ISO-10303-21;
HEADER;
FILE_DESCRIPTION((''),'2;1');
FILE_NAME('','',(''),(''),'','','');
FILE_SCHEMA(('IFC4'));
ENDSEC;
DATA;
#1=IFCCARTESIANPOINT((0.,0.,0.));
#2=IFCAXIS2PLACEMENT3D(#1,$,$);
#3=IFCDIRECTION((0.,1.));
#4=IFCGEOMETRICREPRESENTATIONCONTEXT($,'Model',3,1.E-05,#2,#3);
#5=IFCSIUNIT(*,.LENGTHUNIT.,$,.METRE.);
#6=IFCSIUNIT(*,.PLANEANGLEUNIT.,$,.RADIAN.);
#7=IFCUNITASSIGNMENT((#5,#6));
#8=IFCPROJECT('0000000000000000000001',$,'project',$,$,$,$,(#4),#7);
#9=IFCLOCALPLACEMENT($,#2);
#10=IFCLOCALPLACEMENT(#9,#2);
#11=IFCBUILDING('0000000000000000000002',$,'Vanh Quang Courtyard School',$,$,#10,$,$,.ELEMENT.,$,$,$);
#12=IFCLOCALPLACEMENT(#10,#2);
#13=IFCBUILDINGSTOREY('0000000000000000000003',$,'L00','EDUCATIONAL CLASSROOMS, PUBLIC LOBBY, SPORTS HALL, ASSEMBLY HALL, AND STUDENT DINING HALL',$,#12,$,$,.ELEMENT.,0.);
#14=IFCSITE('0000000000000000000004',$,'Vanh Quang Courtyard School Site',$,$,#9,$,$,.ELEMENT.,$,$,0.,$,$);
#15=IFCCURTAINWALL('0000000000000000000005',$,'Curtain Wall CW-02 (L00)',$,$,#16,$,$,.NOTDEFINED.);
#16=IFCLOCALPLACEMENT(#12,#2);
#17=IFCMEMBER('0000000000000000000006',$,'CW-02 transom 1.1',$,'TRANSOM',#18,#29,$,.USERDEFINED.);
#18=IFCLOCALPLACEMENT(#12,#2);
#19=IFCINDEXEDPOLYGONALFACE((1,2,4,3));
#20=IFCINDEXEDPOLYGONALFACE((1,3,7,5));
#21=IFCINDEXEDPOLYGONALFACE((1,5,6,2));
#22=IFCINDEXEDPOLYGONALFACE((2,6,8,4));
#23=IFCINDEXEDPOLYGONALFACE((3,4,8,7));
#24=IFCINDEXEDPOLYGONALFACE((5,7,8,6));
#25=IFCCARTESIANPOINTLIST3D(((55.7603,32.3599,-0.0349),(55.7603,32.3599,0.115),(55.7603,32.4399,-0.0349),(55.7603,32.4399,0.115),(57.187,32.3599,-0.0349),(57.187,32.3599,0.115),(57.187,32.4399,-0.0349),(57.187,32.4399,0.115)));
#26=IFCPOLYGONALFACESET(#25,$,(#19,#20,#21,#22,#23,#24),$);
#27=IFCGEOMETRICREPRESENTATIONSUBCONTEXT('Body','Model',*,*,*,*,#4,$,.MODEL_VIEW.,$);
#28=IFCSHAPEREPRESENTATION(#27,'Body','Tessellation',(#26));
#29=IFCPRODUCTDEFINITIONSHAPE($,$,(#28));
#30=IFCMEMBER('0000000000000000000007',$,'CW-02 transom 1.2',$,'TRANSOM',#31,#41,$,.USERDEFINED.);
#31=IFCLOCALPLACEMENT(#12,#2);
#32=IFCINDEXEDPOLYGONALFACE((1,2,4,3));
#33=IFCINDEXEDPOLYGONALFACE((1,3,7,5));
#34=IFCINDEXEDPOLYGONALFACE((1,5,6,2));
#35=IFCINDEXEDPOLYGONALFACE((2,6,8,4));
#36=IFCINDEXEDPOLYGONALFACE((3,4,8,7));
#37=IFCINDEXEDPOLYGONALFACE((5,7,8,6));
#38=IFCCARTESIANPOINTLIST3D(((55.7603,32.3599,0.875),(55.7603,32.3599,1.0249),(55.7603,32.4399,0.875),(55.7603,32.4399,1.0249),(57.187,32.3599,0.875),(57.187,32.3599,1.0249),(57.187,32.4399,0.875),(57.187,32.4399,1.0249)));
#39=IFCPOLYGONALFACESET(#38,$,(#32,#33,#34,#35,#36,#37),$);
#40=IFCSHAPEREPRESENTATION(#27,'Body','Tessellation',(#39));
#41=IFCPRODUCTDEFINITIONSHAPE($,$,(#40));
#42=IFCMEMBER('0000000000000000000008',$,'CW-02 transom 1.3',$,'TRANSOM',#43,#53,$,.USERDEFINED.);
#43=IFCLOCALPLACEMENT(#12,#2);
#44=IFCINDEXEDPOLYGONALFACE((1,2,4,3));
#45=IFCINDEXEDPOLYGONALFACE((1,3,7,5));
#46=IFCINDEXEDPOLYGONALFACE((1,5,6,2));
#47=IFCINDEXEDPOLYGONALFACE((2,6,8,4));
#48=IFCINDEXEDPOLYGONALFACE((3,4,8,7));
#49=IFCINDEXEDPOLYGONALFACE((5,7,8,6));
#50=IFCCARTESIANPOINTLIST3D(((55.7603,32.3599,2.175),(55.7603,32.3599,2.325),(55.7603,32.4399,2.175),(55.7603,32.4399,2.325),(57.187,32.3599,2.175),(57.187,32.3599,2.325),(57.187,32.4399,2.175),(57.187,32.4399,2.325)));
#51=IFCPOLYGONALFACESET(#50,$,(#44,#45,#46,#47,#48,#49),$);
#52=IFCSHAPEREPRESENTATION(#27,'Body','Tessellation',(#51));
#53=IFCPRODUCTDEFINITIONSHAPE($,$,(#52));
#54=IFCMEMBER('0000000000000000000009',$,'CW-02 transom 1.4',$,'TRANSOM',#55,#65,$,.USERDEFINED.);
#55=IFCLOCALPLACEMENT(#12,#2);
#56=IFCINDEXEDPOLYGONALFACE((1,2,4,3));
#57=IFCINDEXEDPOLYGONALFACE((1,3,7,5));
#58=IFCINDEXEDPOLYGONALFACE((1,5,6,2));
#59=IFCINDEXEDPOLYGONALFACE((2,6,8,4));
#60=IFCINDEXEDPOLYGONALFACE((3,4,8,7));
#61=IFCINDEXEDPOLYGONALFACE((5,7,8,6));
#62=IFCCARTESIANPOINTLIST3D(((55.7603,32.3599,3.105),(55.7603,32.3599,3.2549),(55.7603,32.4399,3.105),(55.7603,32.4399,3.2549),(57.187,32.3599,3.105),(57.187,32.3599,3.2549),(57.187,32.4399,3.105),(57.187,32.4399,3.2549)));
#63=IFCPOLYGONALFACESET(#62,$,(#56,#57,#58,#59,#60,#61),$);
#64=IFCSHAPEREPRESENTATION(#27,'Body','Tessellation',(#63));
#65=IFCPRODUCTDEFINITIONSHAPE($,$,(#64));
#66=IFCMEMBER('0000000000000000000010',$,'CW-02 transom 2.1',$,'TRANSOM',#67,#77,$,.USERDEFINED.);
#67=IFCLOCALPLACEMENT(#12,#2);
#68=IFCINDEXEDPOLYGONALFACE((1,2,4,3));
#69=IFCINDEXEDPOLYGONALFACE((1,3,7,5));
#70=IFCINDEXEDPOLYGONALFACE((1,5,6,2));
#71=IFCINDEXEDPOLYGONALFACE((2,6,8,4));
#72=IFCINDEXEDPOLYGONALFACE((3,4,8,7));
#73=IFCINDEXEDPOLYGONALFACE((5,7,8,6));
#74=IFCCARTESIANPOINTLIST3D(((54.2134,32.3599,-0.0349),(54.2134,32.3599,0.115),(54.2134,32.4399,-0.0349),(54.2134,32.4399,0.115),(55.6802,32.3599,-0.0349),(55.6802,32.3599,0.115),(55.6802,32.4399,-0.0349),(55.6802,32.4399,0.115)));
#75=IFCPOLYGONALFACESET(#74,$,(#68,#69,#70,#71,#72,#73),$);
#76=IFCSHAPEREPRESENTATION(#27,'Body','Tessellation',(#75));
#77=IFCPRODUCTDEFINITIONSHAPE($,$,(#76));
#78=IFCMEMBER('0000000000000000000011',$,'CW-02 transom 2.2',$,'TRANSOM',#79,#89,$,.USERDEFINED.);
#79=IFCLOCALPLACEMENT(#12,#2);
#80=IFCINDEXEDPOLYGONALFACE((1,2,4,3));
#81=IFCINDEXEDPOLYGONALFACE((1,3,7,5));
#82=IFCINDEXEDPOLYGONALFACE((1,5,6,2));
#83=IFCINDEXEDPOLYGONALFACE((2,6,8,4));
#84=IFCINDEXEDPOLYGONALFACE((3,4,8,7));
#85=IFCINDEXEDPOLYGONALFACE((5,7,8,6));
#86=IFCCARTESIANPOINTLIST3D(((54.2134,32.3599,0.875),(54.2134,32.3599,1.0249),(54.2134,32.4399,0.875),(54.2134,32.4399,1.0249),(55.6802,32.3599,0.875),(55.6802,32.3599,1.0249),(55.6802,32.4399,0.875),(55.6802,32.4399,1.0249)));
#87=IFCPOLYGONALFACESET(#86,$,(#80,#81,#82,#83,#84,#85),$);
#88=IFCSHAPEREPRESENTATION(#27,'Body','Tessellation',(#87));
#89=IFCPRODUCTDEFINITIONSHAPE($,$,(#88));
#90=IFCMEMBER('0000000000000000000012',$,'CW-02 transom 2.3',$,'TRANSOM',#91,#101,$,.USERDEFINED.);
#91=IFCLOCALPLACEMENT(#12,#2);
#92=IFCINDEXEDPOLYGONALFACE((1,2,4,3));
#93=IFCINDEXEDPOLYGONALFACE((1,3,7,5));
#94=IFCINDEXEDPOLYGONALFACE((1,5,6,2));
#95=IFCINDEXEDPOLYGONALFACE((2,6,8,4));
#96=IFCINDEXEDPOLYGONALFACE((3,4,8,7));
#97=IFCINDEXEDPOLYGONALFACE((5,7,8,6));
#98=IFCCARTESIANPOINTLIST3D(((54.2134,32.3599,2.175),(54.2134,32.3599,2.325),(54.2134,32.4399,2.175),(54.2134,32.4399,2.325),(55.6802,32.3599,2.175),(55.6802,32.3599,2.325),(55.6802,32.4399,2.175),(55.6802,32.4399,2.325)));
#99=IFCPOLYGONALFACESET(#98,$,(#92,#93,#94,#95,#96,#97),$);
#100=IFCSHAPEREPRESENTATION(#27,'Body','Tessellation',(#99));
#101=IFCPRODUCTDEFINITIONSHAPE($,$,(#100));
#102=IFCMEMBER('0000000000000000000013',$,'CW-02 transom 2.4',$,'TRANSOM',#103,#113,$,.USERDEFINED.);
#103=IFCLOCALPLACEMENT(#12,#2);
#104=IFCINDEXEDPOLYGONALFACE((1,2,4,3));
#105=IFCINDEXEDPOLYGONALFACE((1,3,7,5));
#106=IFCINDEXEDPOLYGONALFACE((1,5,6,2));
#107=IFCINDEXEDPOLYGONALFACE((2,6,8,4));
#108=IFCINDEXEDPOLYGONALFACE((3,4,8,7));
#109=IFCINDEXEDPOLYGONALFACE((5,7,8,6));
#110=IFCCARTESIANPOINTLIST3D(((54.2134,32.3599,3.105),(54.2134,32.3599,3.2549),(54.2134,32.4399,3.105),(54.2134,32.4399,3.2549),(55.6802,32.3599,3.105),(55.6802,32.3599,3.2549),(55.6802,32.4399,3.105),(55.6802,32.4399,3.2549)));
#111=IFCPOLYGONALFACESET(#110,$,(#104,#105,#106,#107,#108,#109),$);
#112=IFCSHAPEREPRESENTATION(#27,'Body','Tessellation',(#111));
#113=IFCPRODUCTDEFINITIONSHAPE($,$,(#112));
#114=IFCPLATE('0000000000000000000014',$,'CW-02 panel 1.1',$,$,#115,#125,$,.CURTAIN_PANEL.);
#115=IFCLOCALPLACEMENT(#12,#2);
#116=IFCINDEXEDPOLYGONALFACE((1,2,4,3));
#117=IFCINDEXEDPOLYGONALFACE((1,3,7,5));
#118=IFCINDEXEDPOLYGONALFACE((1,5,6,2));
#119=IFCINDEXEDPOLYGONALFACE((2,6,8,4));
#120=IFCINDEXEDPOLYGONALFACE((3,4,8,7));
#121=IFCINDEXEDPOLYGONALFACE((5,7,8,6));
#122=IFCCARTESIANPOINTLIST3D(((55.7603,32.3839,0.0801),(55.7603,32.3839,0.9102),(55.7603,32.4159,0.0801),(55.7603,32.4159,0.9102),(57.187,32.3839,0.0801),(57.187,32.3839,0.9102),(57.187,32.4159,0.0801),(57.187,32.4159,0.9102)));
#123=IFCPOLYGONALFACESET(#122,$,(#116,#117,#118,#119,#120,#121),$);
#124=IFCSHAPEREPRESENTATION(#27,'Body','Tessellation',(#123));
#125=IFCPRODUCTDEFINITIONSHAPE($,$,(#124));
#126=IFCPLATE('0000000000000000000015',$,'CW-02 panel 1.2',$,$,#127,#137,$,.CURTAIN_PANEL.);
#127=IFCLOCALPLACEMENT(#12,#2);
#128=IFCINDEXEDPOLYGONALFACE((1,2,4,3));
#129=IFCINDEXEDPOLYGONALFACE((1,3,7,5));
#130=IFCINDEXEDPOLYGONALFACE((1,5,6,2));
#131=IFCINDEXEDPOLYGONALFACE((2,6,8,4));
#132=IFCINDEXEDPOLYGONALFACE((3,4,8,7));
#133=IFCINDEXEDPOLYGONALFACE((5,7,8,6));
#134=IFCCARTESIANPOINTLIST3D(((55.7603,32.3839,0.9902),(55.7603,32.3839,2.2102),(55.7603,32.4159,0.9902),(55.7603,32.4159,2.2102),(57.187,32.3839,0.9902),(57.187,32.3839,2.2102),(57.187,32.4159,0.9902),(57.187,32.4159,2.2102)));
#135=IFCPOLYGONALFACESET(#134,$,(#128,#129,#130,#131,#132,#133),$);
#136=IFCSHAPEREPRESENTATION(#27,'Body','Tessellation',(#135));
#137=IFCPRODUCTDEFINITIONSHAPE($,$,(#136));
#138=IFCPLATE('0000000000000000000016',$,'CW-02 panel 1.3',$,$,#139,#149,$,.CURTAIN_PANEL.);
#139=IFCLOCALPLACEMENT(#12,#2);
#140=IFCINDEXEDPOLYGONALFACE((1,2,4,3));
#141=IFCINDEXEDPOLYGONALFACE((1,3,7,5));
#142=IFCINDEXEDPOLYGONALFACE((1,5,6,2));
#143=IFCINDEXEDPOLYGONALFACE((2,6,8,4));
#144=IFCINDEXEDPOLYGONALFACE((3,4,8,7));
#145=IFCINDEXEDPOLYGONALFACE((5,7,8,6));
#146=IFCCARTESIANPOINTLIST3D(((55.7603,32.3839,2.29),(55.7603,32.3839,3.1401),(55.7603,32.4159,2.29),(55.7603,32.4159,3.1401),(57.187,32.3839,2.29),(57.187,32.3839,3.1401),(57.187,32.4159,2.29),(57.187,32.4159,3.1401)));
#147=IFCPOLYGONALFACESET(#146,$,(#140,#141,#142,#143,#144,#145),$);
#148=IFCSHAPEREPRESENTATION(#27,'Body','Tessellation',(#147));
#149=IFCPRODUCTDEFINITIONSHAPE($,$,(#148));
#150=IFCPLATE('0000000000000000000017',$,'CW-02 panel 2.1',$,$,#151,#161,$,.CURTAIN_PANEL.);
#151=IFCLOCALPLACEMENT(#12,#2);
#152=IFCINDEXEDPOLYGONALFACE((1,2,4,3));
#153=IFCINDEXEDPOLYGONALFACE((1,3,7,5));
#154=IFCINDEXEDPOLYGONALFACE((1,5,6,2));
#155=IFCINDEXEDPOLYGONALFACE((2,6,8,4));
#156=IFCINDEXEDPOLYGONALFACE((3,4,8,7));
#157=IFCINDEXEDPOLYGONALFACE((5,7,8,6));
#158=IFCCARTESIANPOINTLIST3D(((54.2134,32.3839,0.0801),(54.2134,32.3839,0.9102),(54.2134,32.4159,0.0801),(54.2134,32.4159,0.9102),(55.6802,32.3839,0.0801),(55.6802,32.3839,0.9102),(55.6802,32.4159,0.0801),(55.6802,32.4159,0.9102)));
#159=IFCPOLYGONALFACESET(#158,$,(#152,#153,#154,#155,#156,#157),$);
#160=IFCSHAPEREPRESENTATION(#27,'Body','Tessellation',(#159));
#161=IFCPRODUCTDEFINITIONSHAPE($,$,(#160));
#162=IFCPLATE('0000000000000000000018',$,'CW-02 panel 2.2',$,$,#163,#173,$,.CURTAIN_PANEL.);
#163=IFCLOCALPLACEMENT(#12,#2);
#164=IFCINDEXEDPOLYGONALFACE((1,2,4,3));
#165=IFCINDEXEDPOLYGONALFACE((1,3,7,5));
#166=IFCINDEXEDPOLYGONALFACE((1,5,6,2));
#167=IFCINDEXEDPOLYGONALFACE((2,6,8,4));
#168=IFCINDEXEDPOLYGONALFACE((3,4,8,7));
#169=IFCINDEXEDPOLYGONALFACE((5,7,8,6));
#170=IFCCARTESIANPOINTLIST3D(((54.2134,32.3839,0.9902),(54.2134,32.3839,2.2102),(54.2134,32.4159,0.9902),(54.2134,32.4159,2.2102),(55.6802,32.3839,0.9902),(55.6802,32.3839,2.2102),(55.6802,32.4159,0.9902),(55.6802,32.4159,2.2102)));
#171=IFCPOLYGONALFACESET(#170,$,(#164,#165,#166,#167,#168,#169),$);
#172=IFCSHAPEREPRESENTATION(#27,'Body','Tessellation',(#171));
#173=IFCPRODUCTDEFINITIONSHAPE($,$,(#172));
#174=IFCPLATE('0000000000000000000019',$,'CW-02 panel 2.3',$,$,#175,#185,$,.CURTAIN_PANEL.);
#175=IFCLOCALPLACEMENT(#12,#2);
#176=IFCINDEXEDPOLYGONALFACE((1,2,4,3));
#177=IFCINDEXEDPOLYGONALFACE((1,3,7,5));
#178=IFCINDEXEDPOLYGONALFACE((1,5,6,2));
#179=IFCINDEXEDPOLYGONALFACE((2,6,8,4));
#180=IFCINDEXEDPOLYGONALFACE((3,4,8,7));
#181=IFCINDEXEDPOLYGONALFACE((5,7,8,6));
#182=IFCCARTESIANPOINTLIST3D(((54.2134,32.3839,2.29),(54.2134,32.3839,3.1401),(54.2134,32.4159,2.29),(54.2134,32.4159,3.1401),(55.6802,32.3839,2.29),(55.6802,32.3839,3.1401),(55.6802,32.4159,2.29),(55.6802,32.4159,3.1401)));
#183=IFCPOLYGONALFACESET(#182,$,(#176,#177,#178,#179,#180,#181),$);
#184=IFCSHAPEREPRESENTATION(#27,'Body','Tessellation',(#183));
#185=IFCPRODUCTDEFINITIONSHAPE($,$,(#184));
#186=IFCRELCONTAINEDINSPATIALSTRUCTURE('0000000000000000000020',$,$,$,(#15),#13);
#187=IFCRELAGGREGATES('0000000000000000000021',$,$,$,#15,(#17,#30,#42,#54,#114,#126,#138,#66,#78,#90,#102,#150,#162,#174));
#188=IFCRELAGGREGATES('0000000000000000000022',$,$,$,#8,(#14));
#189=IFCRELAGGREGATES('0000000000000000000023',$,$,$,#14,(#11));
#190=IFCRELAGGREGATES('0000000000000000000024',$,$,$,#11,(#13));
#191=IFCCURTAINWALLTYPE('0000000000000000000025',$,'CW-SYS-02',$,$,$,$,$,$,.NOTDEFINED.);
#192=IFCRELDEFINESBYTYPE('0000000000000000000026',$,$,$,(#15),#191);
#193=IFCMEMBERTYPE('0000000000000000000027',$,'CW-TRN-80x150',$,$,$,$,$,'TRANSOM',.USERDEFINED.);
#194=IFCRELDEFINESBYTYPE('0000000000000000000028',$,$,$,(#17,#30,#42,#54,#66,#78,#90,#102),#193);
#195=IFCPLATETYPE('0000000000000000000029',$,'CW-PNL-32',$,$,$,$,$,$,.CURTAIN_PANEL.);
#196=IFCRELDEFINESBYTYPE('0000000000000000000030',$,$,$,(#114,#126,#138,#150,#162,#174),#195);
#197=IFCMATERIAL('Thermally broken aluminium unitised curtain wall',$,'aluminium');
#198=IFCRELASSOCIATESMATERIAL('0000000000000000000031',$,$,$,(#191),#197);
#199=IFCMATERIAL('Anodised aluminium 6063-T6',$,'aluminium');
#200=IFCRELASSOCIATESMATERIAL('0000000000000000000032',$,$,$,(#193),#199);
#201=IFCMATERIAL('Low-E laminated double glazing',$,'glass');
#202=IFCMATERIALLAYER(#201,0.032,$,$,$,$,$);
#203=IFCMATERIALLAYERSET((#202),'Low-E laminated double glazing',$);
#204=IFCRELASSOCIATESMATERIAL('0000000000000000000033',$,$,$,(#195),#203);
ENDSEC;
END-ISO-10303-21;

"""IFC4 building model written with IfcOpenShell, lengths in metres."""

from ifc_helpers import new_model, si_unit, direction, frame, origin, origin_2d, place, context, subcontext, project, spatial, rectangle, extrude, material, layer, layer_set, material_profile, profile_set, type_object, element, aggregate, save


model = new_model("IFC4")

# Units and contexts
model_context = context("Model", 3, precision=1e-05, world=origin(), true_north=direction((0.0, 1.0)))
body_context = subcontext(model_context, "Body", "Model", "MODEL_VIEW")
ifc_project = project(units=[si_unit("LENGTHUNIT", "METRE"), si_unit("PLANEANGLEUNIT", "RADIAN")], contexts=[model_context])

# Site, building, storey
site_placement = place(None, origin())
site = spatial("IfcSite", under=ifc_project, at=site_placement, Name="Vanh Quang Courtyard School Site", CompositionType="ELEMENT", RefElevation=0.0)
building_placement = place(site_placement, origin())
building = spatial("IfcBuilding", under=site, at=building_placement, Name="Vanh Quang Courtyard School", CompositionType="ELEMENT")
storey_placement = place(building_placement, origin())
storey = spatial("IfcBuildingStorey", under=building, at=storey_placement, Name="L00", Description="EDUCATIONAL CLASSROOMS, PUBLIC LOBBY, SPORTS HALL, ASSEMBLY HALL, AND STUDENT DINING HALL", CompositionType="ELEMENT", Elevation=0.0)

# Curtain wall, members, plates
ifc_material_1 = material(Name="Thermally broken aluminium unitised curtain wall", Category="aluminium")
curtain_wall_type = type_object("IfcCurtainWallType", Name="CW-SYS-02", PredefinedType="NOTDEFINED", material=ifc_material_1)
curtain_wall_placement = place(storey_placement, origin())
curtain_wall = element("IfcCurtainWall", 1, at=curtain_wall_placement, inside=storey, type_object=curtain_wall_type, Name="Curtain Wall CW-02 (L00)", PredefinedType="NOTDEFINED")
ifc_material_2 = material(Name="Anodised aluminium 6063-T6", Category="aluminium")
ifc_material_profile_1 = material_profile(ifc_material_2, rectangle(XDim=0.0801, YDim=0.1499, at=origin_2d()), Name="ALU-TRN 80x150")
ifc_profile_set_1 = profile_set([ifc_material_profile_1], Name="Anodised aluminium 6063-T6")
member_type_1 = type_object("IfcMemberType", Name="CW-TRN-80x150", ElementType="TRANSOM", PredefinedType="USERDEFINED", material=ifc_profile_set_1)
member_1_placement = place(storey_placement, frame((57.187, 32.3999, 0.04), z_axis=(-1.0, 0.0, 0.0), x_axis=(0.0, -1.0, 0.0)))
member_1 = element("IfcMember", 2, at=member_1_placement, type_object=member_type_1, Name="CW-02 transom 1.1", ObjectType="TRANSOM", PredefinedType="USERDEFINED", context=body_context, shape_type="SweptSolid", body=[
    extrude(rectangle(XDim=0.0801, YDim=0.1499, at=origin_2d()), origin(), (0.0, 0.0, 1.0), 1.4268),
])
member_2_placement = place(storey_placement, frame((57.187, 32.3999, 0.95), z_axis=(-1.0, 0.0, 0.0), x_axis=(0.0, -1.0, 0.0)))
member_2 = element("IfcMember", 3, at=member_2_placement, type_object=member_type_1, Name="CW-02 transom 1.2", ObjectType="TRANSOM", PredefinedType="USERDEFINED", context=body_context, shape_type="SweptSolid", body=[
    extrude(rectangle(XDim=0.0801, YDim=0.1499, at=origin_2d()), origin(), (0.0, 0.0, 1.0), 1.4268),
])
member_3_placement = place(storey_placement, frame((57.187, 32.3999, 2.25), z_axis=(-1.0, 0.0, 0.0), x_axis=(0.0, -1.0, 0.0)))
member_3 = element("IfcMember", 4, at=member_3_placement, type_object=member_type_1, Name="CW-02 transom 1.3", ObjectType="TRANSOM", PredefinedType="USERDEFINED", context=body_context, shape_type="SweptSolid", body=[
    extrude(rectangle(XDim=0.0801, YDim=0.1499, at=origin_2d()), origin(), (0.0, 0.0, 1.0), 1.4268),
])
member_4_placement = place(storey_placement, frame((57.187, 32.3999, 3.1799), z_axis=(-1.0, 0.0, 0.0), x_axis=(0.0, -1.0, 0.0)))
member_4 = element("IfcMember", 5, at=member_4_placement, type_object=member_type_1, Name="CW-02 transom 1.4", ObjectType="TRANSOM", PredefinedType="USERDEFINED", context=body_context, shape_type="SweptSolid", body=[
    extrude(rectangle(XDim=0.0801, YDim=0.1499, at=origin_2d()), origin(), (0.0, 0.0, 1.0), 1.4268),
])
member_5_placement = place(storey_placement, frame((55.6802, 32.3999, 0.04), z_axis=(-1.0, 0.0, 0.0), x_axis=(0.0, -1.0, 0.0)))
member_5 = element("IfcMember", 6, at=member_5_placement, type_object=member_type_1, Name="CW-02 transom 2.1", ObjectType="TRANSOM", PredefinedType="USERDEFINED", context=body_context, shape_type="SweptSolid", body=[
    extrude(rectangle(XDim=0.0801, YDim=0.1499, at=origin_2d()), origin(), (0.0, 0.0, 1.0), 1.4668),
])
member_6_placement = place(storey_placement, frame((55.6802, 32.3999, 0.95), z_axis=(-1.0, 0.0, 0.0), x_axis=(0.0, -1.0, 0.0)))
member_6 = element("IfcMember", 7, at=member_6_placement, type_object=member_type_1, Name="CW-02 transom 2.2", ObjectType="TRANSOM", PredefinedType="USERDEFINED", context=body_context, shape_type="SweptSolid", body=[
    extrude(rectangle(XDim=0.0801, YDim=0.1499, at=origin_2d()), origin(), (0.0, 0.0, 1.0), 1.4668),
])
member_7_placement = place(storey_placement, frame((55.6802, 32.3999, 2.25), z_axis=(-1.0, 0.0, 0.0), x_axis=(0.0, -1.0, 0.0)))
member_7 = element("IfcMember", 8, at=member_7_placement, type_object=member_type_1, Name="CW-02 transom 2.3", ObjectType="TRANSOM", PredefinedType="USERDEFINED", context=body_context, shape_type="SweptSolid", body=[
    extrude(rectangle(XDim=0.0801, YDim=0.1499, at=origin_2d()), origin(), (0.0, 0.0, 1.0), 1.4668),
])
member_8_placement = place(storey_placement, frame((55.6802, 32.3999, 3.1799), z_axis=(-1.0, 0.0, 0.0), x_axis=(0.0, -1.0, 0.0)))
member_8 = element("IfcMember", 9, at=member_8_placement, type_object=member_type_1, Name="CW-02 transom 2.4", ObjectType="TRANSOM", PredefinedType="USERDEFINED", context=body_context, shape_type="SweptSolid", body=[
    extrude(rectangle(XDim=0.0801, YDim=0.1499, at=origin_2d()), origin(), (0.0, 0.0, 1.0), 1.4668),
])
ifc_material_3 = material(Name="Low-E laminated double glazing", Category="glass")
ifc_layer_1 = layer(ifc_material_3, 0.032)
ifc_layer_set_1 = layer_set([ifc_layer_1], Name="Low-E laminated double glazing")
plate_type = type_object("IfcPlateType", Name="CW-PNL-32", PredefinedType="CURTAIN_PANEL", material=ifc_layer_set_1)
plate_1_placement = place(storey_placement, frame((56.4736, 32.3999, 0.0801), z_axis=(0.0, 0.0, 1.0), x_axis=(-1.0, 0.0, 0.0)))
plate_1 = element("IfcPlate", 10, at=plate_1_placement, type_object=plate_type, Name="CW-02 panel 1.1", PredefinedType="CURTAIN_PANEL", context=body_context, shape_type="SweptSolid", body=[
    extrude(rectangle(XDim=1.4268, YDim=0.032, at=origin_2d()), origin(), (0.0, 0.0, 1.0), 0.8301),
])
plate_2_placement = place(storey_placement, frame((56.4736, 32.3999, 0.9902), z_axis=(0.0, 0.0, 1.0), x_axis=(-1.0, 0.0, 0.0)))
plate_2 = element("IfcPlate", 11, at=plate_2_placement, type_object=plate_type, Name="CW-02 panel 1.2", PredefinedType="CURTAIN_PANEL", context=body_context, shape_type="SweptSolid", body=[
    extrude(rectangle(XDim=1.4268, YDim=0.032, at=origin_2d()), origin(), (0.0, 0.0, 1.0), 1.22),
])
plate_3_placement = place(storey_placement, frame((56.4736, 32.3999, 2.29), z_axis=(0.0, 0.0, 1.0), x_axis=(-1.0, 0.0, 0.0)))
plate_3 = element("IfcPlate", 12, at=plate_3_placement, type_object=plate_type, Name="CW-02 panel 1.3", PredefinedType="CURTAIN_PANEL", context=body_context, shape_type="SweptSolid", body=[
    extrude(rectangle(XDim=1.4268, YDim=0.032, at=origin_2d()), origin(), (0.0, 0.0, 1.0), 0.8501),
])
plate_4_placement = place(storey_placement, frame((54.9468, 32.3999, 0.0801), z_axis=(0.0, 0.0, 1.0), x_axis=(-1.0, 0.0, 0.0)))
plate_4 = element("IfcPlate", 13, at=plate_4_placement, type_object=plate_type, Name="CW-02 panel 2.1", PredefinedType="CURTAIN_PANEL", context=body_context, shape_type="SweptSolid", body=[
    extrude(rectangle(XDim=1.4668, YDim=0.032, at=origin_2d()), origin(), (0.0, 0.0, 1.0), 0.8301),
])
plate_5_placement = place(storey_placement, frame((54.9468, 32.3999, 0.9902), z_axis=(0.0, 0.0, 1.0), x_axis=(-1.0, 0.0, 0.0)))
plate_5 = element("IfcPlate", 14, at=plate_5_placement, type_object=plate_type, Name="CW-02 panel 2.2", PredefinedType="CURTAIN_PANEL", context=body_context, shape_type="SweptSolid", body=[
    extrude(rectangle(XDim=1.4668, YDim=0.032, at=origin_2d()), origin(), (0.0, 0.0, 1.0), 1.22),
])
plate_6_placement = place(storey_placement, frame((54.9468, 32.3999, 2.29), z_axis=(0.0, 0.0, 1.0), x_axis=(-1.0, 0.0, 0.0)))
plate_6 = element("IfcPlate", 15, at=plate_6_placement, type_object=plate_type, Name="CW-02 panel 2.3", PredefinedType="CURTAIN_PANEL", context=body_context, shape_type="SweptSolid", body=[
    extrude(rectangle(XDim=1.4668, YDim=0.032, at=origin_2d()), origin(), (0.0, 0.0, 1.0), 0.8501),
])
aggregate(curtain_wall, [member_1, member_2, member_3, member_4, plate_1, plate_2, plate_3, member_5, member_6, member_7, member_8, plate_4, plate_5, plate_6])

save(model, "model.ifc")
